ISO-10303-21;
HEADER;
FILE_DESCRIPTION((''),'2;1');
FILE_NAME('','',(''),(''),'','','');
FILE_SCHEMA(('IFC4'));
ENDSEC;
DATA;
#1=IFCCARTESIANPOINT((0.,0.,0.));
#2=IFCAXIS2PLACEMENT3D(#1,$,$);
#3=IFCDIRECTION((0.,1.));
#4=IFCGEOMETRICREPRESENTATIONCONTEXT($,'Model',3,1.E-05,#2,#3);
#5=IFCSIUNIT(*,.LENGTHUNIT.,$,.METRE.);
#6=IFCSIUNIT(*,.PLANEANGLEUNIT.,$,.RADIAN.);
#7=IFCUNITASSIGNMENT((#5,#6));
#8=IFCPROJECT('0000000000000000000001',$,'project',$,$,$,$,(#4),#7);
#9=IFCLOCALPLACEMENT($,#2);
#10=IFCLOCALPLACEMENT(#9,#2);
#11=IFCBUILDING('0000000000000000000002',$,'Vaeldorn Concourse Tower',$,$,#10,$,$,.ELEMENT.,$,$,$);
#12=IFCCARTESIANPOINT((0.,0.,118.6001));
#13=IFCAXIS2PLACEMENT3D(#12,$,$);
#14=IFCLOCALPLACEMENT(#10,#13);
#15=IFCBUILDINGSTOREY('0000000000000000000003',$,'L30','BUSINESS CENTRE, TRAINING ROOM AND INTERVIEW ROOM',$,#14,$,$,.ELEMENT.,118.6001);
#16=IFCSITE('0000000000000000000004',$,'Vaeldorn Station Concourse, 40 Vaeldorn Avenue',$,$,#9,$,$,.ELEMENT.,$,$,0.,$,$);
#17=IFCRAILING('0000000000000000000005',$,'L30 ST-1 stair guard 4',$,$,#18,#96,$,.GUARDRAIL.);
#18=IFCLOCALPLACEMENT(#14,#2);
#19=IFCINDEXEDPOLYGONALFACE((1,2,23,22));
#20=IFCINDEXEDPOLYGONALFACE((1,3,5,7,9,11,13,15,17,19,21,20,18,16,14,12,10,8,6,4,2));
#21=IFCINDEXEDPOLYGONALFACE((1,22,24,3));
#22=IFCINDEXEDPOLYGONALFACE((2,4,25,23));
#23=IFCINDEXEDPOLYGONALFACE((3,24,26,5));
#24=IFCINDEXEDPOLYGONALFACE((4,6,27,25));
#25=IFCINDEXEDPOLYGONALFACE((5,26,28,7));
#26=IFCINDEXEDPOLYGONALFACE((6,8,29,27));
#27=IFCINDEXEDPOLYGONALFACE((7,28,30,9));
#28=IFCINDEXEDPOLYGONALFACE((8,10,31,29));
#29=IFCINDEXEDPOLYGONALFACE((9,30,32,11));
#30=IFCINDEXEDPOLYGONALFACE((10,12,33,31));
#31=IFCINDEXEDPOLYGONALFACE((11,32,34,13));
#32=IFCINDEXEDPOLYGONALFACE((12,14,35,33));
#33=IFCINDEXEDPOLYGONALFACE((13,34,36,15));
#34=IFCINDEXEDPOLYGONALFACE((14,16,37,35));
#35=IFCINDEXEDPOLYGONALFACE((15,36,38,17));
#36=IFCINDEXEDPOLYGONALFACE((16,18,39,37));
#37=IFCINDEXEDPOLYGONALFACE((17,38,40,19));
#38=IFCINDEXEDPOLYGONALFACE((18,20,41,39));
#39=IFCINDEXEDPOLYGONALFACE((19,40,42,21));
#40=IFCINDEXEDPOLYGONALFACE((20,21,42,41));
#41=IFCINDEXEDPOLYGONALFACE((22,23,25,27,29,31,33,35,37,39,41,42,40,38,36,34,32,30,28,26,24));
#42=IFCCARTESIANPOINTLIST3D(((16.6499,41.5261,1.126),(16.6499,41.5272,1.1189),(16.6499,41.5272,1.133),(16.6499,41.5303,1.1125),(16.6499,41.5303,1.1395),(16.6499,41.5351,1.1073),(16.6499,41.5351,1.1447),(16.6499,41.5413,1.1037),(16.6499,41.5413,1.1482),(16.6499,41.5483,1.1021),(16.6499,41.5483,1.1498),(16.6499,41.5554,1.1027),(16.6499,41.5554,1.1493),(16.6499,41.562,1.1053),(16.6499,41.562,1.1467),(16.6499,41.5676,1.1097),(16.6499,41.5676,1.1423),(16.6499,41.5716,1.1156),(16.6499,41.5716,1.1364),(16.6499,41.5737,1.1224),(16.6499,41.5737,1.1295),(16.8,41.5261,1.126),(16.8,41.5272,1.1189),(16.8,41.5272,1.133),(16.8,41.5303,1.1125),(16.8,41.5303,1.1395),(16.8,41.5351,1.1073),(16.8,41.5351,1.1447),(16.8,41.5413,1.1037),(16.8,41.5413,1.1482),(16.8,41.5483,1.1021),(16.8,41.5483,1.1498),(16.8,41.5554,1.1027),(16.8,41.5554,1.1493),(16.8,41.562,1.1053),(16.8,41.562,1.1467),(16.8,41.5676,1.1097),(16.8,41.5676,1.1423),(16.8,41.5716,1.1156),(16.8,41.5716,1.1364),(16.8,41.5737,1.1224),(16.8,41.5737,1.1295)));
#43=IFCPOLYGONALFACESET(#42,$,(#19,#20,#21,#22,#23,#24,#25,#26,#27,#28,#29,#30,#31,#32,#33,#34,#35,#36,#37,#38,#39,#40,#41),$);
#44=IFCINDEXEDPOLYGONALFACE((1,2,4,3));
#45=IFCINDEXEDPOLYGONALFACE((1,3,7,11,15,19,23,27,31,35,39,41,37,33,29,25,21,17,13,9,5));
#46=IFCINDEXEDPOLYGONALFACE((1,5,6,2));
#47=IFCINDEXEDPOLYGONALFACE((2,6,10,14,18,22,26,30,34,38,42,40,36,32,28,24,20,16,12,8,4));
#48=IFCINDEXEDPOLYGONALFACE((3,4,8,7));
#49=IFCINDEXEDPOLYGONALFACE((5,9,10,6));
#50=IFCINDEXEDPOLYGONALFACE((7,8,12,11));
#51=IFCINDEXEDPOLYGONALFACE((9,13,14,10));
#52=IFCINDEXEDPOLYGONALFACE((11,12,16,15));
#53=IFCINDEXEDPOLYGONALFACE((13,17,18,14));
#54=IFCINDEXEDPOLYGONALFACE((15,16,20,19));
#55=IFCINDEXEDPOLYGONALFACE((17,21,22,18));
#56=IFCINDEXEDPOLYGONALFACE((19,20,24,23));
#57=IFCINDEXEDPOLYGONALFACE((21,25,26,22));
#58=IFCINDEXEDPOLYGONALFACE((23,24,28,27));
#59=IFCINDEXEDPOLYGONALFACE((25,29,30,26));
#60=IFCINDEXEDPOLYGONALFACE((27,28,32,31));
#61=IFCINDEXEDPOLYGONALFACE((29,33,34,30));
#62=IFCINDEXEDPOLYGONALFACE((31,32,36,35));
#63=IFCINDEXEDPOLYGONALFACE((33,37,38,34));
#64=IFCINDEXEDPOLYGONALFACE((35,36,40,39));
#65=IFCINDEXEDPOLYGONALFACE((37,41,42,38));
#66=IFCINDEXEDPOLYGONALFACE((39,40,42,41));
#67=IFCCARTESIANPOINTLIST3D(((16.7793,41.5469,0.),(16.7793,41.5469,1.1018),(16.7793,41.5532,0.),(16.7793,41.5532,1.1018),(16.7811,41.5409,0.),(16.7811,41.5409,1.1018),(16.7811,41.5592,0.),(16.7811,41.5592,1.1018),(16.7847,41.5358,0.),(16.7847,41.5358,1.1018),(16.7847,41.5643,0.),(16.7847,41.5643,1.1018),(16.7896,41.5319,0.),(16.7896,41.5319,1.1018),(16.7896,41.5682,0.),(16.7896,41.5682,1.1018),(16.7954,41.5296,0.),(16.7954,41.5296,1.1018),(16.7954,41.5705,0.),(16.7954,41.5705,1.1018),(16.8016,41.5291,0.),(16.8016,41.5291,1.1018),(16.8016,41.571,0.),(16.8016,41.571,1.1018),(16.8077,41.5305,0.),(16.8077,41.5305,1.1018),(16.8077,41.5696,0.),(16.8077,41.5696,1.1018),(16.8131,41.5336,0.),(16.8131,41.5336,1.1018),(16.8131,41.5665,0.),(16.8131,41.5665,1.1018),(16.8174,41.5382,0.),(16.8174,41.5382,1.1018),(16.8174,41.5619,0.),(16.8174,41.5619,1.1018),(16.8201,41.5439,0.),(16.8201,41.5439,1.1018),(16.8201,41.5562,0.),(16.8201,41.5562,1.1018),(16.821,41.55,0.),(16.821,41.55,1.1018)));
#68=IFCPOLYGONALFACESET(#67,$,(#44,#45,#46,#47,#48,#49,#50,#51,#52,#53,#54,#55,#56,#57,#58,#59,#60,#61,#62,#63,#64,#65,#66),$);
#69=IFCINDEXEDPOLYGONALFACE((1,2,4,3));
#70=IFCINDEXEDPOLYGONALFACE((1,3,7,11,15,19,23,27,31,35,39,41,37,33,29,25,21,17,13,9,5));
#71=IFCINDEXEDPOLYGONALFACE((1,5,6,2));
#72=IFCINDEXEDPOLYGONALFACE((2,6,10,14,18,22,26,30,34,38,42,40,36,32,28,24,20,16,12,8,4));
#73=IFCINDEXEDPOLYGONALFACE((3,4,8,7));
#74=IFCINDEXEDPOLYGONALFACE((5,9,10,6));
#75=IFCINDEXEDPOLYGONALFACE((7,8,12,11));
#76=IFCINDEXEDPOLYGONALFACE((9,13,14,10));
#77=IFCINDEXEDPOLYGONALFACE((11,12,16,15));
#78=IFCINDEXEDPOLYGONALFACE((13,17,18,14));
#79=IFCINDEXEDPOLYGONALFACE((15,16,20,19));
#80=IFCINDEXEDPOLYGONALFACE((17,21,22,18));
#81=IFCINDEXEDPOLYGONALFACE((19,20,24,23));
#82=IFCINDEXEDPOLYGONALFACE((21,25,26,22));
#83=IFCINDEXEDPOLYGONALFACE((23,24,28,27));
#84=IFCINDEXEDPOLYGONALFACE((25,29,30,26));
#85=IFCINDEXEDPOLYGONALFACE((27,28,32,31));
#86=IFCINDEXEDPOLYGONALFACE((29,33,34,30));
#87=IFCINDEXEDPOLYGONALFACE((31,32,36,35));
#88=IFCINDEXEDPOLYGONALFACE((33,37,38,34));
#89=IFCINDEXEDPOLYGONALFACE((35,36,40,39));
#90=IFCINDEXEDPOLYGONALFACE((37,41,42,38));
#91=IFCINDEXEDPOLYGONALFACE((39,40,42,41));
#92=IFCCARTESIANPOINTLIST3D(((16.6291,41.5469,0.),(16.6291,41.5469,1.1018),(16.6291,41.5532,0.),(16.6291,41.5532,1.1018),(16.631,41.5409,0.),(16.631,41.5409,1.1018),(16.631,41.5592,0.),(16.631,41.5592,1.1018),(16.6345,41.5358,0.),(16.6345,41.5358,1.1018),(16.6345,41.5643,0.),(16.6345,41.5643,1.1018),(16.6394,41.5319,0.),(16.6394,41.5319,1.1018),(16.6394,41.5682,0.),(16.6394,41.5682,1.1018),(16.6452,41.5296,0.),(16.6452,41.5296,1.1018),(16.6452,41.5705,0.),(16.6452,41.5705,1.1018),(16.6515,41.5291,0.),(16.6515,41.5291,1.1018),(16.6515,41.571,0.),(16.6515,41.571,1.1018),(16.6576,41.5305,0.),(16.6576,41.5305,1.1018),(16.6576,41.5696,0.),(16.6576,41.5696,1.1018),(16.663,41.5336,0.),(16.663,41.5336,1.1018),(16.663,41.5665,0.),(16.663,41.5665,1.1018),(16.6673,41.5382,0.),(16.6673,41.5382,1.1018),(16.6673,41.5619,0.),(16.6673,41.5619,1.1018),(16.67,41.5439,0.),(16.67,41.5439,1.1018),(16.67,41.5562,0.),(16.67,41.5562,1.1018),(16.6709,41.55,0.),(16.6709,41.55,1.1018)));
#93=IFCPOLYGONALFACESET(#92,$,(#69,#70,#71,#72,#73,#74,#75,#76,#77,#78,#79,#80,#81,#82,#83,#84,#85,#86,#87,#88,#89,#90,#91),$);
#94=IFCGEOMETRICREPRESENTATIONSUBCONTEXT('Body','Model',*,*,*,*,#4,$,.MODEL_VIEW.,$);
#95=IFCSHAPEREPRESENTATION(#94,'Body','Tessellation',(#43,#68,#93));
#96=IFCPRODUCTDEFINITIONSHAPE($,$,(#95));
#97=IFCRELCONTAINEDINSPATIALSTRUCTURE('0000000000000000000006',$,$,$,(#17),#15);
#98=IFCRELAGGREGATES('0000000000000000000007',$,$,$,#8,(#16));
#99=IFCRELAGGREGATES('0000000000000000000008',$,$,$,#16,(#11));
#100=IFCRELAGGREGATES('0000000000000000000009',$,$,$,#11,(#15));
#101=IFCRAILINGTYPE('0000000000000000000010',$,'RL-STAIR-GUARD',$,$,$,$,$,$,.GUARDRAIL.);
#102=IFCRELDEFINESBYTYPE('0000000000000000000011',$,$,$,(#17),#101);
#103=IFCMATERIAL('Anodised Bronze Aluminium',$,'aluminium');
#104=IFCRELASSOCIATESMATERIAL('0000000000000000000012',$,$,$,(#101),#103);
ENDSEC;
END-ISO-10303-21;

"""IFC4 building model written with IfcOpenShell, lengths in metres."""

from ifc_helpers import new_model, si_unit, direction, frame, origin, origin_2d, place, context, subcontext, project, spatial, circle, extrude, material, type_object, element, save


model = new_model("IFC4")

# Units and contexts
model_context = context("Model", 3, precision=1e-05, world=origin(), true_north=direction((0.0, 1.0)))
body_context = subcontext(model_context, "Body", "Model", "MODEL_VIEW")
ifc_project = project(units=[si_unit("LENGTHUNIT", "METRE"), si_unit("PLANEANGLEUNIT", "RADIAN")], contexts=[model_context])

# Site, building, storey
site_placement = place(None, origin())
site = spatial("IfcSite", under=ifc_project, at=site_placement, Name="Vaeldorn Station Concourse, 40 Vaeldorn Avenue", CompositionType="ELEMENT", RefElevation=0.0)
building_placement = place(site_placement, origin())
building = spatial("IfcBuilding", under=site, at=building_placement, Name="Vaeldorn Concourse Tower", CompositionType="ELEMENT")
storey_placement = place(building_placement, frame((0.0, 0.0, 118.6001)))
storey = spatial("IfcBuildingStorey", under=building, at=storey_placement, Name="L30", Description="BUSINESS CENTRE, TRAINING ROOM AND INTERVIEW ROOM", CompositionType="ELEMENT", Elevation=118.6001)

# Shared definitions
ifc_material_1 = material(Name="Anodised Bronze Aluminium", Category="aluminium")

# Railing
railing_type_1 = type_object("IfcRailingType", Name="RL-STAIR-GUARD", PredefinedType="GUARDRAIL", material=ifc_material_1)
railing_1_placement = place(storey_placement, frame((16.8, 41.55, 0.0)))
element("IfcRailing", 1, at=railing_1_placement, inside=storey, type_object=railing_type_1, Name="L30 ST-1 stair guard 4", PredefinedType="GUARDRAIL", context=body_context, shape_type="SweptSolid", body=[
    extrude(circle(Radius=0.0239, at=origin_2d()), frame((0.0, 0.0, 1.126), z_axis=(-1.0, 0.0, 0.0), x_axis=(0.0, -1.0, 0.0)), (0.0, 0.0, 1.0), 0.1501),
    extrude(circle(Radius=0.021, at=origin_2d()), origin(), (0.0, 0.0, 1.0), 1.1018),
    extrude(circle(Radius=0.021, at=origin_2d()), frame((-0.1501, 0.0, 0.0)), (0.0, 0.0, 1.0), 1.1018),
])

save(model, "model.ifc")
